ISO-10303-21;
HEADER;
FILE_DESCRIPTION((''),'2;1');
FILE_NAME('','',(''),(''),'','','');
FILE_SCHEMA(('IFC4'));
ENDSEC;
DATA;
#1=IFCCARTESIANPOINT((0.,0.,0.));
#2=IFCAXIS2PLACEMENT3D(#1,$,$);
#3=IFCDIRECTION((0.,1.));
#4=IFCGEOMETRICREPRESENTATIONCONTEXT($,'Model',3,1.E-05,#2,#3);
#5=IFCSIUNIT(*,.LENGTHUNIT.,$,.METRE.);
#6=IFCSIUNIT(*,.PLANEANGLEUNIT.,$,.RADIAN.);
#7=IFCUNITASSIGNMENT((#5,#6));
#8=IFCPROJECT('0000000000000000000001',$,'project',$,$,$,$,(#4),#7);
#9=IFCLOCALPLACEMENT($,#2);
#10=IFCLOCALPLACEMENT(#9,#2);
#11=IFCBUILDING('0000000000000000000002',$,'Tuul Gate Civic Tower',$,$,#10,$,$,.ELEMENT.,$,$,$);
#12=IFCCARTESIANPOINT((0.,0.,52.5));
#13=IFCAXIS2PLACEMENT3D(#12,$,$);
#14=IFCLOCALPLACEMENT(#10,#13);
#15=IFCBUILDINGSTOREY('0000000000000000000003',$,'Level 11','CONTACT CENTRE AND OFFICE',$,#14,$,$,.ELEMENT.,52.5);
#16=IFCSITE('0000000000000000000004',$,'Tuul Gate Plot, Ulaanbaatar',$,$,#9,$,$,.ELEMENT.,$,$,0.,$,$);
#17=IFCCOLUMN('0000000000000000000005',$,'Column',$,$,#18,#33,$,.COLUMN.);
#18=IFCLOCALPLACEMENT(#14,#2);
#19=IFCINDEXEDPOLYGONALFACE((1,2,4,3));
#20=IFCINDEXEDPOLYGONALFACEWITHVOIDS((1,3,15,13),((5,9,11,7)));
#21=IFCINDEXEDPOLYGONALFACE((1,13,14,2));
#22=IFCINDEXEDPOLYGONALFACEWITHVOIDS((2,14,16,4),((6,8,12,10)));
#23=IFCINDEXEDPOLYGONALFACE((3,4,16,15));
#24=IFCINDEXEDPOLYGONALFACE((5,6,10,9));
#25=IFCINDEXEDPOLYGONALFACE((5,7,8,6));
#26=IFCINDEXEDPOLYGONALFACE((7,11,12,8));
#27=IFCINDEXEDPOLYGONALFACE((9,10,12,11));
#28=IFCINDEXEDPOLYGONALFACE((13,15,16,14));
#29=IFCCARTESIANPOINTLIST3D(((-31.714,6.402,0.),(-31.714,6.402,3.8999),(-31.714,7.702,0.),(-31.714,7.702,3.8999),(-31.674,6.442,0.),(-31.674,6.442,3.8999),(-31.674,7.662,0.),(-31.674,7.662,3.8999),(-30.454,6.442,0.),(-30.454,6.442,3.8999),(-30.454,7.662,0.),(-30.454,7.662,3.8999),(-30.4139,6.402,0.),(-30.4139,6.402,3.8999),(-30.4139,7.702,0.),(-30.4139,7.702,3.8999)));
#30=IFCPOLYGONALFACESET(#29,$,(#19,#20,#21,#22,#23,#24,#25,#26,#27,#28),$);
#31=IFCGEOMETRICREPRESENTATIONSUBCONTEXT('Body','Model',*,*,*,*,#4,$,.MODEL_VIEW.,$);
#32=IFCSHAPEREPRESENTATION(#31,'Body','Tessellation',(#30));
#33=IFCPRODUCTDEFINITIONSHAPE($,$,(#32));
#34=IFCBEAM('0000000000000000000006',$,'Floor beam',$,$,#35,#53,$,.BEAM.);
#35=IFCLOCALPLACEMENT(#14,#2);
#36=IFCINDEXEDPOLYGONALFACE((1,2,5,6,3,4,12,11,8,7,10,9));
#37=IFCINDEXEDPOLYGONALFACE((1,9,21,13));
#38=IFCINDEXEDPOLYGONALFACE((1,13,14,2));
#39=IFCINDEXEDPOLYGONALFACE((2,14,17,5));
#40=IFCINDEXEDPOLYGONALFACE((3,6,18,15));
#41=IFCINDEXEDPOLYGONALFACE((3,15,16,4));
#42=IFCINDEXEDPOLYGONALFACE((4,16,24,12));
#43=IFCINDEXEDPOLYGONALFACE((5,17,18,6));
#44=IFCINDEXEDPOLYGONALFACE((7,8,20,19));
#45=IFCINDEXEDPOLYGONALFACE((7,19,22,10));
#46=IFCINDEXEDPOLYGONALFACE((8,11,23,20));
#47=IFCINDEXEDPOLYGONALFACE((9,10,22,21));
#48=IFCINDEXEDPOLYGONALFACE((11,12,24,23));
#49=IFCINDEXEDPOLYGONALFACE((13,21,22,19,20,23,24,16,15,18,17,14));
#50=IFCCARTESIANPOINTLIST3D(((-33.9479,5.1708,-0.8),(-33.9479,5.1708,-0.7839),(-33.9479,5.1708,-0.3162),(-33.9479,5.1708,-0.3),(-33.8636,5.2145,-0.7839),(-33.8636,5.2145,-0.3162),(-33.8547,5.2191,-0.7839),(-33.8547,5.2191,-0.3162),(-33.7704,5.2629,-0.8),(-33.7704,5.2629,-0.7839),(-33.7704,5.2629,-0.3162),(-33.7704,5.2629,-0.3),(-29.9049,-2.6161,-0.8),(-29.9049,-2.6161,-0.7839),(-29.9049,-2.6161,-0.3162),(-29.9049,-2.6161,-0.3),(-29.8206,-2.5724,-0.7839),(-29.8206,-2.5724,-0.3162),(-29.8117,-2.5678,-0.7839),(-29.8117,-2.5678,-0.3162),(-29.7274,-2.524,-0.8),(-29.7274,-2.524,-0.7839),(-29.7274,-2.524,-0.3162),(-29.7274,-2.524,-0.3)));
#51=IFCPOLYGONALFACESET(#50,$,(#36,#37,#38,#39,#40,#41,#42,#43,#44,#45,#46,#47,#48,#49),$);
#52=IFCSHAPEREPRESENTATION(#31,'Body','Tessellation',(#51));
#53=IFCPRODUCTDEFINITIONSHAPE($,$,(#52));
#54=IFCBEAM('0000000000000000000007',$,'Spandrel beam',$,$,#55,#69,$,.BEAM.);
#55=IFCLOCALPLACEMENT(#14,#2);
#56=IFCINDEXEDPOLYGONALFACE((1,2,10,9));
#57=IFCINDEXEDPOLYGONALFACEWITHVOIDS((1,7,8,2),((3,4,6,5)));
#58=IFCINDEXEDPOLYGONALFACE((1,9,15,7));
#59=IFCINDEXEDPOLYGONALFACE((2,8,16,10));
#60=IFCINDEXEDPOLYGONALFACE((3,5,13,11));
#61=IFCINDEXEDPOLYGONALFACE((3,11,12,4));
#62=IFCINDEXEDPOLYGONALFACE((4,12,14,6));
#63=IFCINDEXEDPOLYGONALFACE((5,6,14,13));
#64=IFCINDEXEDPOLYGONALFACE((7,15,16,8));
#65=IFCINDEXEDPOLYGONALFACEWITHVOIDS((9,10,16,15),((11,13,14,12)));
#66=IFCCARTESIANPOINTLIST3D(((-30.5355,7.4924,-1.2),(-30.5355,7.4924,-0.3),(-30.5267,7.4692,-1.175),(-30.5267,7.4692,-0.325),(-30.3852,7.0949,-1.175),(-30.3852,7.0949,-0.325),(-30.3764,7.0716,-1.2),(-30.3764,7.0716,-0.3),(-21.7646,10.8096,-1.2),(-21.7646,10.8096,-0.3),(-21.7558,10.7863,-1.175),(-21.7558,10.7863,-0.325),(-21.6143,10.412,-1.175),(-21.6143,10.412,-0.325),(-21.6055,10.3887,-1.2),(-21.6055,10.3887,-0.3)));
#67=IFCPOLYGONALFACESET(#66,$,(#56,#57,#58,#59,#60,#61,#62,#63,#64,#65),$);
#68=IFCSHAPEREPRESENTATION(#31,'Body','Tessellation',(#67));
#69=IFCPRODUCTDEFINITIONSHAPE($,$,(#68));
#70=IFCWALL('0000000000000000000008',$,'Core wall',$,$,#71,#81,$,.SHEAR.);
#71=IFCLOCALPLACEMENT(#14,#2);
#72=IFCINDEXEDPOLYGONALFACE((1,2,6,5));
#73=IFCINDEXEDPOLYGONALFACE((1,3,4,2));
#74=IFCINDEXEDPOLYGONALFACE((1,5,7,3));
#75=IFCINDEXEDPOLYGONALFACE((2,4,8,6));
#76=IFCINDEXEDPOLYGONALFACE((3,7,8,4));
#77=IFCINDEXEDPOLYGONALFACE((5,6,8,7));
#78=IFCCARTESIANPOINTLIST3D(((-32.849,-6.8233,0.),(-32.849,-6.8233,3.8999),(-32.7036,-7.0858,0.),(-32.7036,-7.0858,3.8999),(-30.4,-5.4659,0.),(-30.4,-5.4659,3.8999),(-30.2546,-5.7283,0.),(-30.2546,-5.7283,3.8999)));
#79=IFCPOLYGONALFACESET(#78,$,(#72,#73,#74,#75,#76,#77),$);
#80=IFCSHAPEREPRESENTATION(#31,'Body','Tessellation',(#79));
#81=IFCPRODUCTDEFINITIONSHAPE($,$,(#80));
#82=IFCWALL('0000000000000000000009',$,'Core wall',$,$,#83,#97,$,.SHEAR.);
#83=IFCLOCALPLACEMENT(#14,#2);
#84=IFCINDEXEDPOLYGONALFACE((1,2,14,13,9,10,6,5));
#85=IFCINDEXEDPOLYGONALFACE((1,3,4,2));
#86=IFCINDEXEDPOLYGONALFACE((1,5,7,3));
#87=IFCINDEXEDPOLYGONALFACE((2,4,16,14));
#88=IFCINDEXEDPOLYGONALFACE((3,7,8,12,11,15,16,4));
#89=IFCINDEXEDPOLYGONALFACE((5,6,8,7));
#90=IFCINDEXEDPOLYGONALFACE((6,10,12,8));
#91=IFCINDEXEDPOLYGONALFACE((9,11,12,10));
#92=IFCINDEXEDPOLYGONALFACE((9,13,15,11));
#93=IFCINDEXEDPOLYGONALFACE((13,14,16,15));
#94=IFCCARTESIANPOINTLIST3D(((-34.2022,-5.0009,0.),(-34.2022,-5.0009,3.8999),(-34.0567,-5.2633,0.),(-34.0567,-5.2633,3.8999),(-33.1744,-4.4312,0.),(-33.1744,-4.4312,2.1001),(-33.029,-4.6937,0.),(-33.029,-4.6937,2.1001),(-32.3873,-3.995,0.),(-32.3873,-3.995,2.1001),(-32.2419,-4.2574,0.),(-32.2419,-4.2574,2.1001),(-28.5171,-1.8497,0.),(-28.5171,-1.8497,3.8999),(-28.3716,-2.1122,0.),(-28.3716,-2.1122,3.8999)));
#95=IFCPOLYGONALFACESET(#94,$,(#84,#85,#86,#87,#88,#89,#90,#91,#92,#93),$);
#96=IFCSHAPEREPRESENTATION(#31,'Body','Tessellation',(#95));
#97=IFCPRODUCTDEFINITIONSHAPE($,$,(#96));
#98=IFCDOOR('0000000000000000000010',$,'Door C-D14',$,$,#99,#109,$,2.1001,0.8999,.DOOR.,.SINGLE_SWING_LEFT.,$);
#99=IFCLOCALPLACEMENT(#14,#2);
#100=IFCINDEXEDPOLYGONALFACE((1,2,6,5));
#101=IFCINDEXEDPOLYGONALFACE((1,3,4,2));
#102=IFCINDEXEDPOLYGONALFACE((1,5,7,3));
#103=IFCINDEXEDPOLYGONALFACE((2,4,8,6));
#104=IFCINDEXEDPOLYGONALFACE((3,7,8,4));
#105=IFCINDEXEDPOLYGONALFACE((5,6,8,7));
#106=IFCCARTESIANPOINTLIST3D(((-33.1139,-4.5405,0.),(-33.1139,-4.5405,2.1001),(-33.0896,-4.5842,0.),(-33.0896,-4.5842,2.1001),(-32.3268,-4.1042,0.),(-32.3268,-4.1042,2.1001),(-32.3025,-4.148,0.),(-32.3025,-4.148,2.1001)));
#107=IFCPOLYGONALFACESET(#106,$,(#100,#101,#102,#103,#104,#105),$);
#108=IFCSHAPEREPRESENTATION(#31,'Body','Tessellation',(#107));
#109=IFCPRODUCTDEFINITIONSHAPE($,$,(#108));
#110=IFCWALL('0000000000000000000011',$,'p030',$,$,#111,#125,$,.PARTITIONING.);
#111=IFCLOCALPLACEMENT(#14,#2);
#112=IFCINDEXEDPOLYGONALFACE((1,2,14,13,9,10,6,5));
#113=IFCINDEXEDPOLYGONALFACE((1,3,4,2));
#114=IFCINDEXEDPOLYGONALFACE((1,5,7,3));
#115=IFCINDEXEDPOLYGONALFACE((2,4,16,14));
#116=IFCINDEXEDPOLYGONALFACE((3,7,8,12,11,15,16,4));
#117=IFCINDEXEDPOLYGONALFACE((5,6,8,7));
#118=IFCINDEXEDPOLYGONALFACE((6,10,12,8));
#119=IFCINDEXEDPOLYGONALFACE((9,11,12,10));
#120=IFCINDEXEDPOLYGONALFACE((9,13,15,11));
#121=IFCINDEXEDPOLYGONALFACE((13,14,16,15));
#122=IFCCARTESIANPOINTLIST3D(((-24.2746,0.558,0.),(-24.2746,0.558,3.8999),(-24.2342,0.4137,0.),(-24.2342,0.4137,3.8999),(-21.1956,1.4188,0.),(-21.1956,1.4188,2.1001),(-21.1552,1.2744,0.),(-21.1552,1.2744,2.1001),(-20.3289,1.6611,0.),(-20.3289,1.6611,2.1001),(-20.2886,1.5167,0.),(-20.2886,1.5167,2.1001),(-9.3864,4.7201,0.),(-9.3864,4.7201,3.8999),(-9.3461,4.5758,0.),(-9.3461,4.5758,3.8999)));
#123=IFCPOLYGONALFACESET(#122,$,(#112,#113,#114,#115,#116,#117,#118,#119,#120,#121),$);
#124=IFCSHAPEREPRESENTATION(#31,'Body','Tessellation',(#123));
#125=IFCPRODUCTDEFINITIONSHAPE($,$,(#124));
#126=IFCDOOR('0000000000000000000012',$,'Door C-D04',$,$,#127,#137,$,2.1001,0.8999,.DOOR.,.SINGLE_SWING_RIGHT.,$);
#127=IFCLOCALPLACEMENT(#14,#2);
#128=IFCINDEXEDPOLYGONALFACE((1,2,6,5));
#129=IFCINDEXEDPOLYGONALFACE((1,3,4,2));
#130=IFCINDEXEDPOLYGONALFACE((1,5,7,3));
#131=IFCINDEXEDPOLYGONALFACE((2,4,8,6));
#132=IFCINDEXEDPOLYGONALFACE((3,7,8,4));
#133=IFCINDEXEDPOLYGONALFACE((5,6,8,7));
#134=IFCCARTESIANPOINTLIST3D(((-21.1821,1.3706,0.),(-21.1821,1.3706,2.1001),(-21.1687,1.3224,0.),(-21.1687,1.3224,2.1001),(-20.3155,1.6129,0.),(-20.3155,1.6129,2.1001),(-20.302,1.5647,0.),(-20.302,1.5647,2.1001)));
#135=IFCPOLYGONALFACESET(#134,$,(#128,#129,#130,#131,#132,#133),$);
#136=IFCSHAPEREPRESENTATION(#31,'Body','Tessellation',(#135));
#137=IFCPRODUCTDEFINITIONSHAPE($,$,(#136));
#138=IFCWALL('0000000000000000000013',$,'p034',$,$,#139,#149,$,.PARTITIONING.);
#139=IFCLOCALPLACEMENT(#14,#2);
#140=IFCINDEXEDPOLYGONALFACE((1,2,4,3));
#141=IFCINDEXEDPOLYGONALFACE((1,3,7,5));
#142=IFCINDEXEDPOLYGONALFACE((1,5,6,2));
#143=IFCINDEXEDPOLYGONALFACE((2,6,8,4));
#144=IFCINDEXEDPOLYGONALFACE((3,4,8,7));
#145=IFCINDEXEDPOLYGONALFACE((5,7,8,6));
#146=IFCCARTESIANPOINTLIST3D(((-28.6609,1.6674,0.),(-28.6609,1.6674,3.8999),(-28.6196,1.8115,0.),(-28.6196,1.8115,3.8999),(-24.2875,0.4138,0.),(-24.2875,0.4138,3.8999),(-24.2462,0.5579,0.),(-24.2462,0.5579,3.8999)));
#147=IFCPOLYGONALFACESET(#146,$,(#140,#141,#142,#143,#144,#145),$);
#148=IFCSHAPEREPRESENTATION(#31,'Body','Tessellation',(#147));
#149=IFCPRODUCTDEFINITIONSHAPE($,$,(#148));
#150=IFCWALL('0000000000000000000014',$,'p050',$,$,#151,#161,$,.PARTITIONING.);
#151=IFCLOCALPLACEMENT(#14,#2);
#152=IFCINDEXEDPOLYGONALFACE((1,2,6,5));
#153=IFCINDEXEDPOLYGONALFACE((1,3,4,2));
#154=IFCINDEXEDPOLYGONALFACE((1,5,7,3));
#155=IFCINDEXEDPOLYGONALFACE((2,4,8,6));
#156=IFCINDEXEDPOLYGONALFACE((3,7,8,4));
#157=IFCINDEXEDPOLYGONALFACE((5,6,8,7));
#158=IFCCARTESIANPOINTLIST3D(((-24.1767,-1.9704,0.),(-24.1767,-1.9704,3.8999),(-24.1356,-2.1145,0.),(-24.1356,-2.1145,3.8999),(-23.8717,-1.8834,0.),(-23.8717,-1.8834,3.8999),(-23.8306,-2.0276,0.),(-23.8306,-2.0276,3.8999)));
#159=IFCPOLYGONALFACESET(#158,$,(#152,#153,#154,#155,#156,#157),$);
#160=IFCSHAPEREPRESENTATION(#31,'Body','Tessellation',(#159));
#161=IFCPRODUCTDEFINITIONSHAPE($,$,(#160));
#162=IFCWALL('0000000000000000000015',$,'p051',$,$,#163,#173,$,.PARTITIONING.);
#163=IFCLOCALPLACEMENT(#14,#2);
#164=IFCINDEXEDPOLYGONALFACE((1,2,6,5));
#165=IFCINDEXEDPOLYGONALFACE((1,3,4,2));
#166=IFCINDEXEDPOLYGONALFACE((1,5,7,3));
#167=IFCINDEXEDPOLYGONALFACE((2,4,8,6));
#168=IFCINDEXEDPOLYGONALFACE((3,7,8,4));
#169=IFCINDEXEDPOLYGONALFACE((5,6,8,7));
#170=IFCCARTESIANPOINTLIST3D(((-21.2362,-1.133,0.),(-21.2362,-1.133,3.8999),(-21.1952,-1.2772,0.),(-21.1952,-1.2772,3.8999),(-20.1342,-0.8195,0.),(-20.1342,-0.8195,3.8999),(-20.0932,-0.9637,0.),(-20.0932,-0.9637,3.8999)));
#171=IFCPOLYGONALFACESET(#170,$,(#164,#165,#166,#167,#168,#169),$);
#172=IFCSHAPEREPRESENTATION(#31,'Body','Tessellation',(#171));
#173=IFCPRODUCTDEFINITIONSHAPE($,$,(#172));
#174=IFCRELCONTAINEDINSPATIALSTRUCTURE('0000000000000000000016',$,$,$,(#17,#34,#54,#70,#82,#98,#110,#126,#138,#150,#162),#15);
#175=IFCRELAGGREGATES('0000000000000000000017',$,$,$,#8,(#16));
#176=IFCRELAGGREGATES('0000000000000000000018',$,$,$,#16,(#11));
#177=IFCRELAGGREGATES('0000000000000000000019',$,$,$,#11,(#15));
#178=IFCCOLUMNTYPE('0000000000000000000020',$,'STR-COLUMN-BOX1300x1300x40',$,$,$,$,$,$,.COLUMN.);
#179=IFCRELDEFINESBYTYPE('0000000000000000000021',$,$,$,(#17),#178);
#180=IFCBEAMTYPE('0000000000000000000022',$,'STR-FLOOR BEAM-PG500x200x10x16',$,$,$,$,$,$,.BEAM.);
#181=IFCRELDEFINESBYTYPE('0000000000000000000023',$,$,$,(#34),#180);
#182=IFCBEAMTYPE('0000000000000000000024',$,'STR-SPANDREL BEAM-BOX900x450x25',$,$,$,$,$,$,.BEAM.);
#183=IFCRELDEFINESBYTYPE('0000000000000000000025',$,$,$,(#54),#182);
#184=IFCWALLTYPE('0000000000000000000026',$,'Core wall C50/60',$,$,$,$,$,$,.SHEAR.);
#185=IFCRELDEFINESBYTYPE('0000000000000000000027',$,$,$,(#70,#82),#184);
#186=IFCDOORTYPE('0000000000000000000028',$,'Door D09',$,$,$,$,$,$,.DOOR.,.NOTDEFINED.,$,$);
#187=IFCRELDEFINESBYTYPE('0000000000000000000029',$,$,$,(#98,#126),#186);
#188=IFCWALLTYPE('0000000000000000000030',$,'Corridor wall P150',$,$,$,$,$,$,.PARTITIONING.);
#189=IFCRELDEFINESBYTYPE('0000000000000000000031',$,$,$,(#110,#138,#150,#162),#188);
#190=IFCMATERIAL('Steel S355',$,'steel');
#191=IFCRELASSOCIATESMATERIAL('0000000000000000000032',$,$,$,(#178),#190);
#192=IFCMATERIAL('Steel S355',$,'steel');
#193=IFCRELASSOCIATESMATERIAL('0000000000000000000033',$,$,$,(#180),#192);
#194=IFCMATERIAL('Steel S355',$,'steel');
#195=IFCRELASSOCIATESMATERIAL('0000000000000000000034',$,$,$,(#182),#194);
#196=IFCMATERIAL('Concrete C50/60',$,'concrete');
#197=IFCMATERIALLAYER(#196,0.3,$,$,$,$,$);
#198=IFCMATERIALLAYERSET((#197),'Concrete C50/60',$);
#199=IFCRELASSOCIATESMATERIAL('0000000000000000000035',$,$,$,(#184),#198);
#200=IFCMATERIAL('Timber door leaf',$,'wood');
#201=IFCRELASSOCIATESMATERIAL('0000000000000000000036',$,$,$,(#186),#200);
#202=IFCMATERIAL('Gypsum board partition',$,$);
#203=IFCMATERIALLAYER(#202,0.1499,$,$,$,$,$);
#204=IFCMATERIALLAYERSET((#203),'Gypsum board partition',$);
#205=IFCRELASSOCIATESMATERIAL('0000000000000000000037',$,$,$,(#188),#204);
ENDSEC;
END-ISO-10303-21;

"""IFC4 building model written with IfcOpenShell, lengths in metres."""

from ifc_helpers import new_model, si_unit, direction, frame, frame_2d, origin, origin_2d, place, context, subcontext, project, spatial, rectangle, hollow_rectangle, i_section, extrude, material, layer, layer_set, material_profile, profile_set, type_object, element, fill, save


model = new_model("IFC4")

# Units and contexts
model_context = context("Model", 3, precision=1e-05, world=origin(), true_north=direction((0.0, 1.0)))
body_context = subcontext(model_context, "Body", "Model", "MODEL_VIEW")
ifc_project = project(units=[si_unit("LENGTHUNIT", "METRE"), si_unit("PLANEANGLEUNIT", "RADIAN")], contexts=[model_context])

# Site, building, storey
site_placement = place(None, origin())
site = spatial("IfcSite", under=ifc_project, at=site_placement, Name="Tuul Gate Plot, Ulaanbaatar", CompositionType="ELEMENT", RefElevation=0.0)
building_placement = place(site_placement, origin())
building = spatial("IfcBuilding", under=site, at=building_placement, Name="Tuul Gate Civic Tower", CompositionType="ELEMENT")
storey_placement = place(building_placement, frame((0.0, 0.0, 52.5)))
storey = spatial("IfcBuildingStorey", under=building, at=storey_placement, Name="Level 11", Description="CONTACT CENTRE AND OFFICE", CompositionType="ELEMENT", Elevation=52.5)

# Column
ifc_material_1 = material(Name="Steel S355", Category="steel")
ifc_material_profile_1 = material_profile(ifc_material_1, hollow_rectangle(XDim=1.3, YDim=1.3, WallThickness=0.04, at=origin_2d()), Name="BOX1300x1300x40")
ifc_profile_set_1 = profile_set([ifc_material_profile_1], Name="Steel S355")
column_type = type_object("IfcColumnType", Name="STR-COLUMN-BOX1300x1300x40", PredefinedType="COLUMN", material=ifc_profile_set_1)
column_placement = place(storey_placement, frame((-31.064, 7.052, 0.0), z_axis=(0.0, 0.0, 1.0), x_axis=(1.0, 0.0, 0.0)))
element("IfcColumn", 1, at=column_placement, inside=storey, type_object=column_type, Name="Column", PredefinedType="COLUMN", context=body_context, shape_type="SweptSolid", body=[
    extrude(hollow_rectangle(XDim=1.3, YDim=1.3, WallThickness=0.04, at=origin_2d()), origin(), (0.0, 0.0, 1.0), 3.8999),
])

# Beams
ifc_material_2 = material(Name="Steel S355", Category="steel")
ifc_material_profile_2 = material_profile(ifc_material_2, i_section(OverallWidth=0.2, OverallDepth=0.5, WebThickness=0.01, FlangeThickness=0.0161, at=origin_2d()), Name="PG500x200x10x16")
ifc_profile_set_2 = profile_set([ifc_material_profile_2], Name="Steel S355")
beam_type_1 = type_object("IfcBeamType", Name="STR-FLOOR BEAM-PG500x200x10x16", PredefinedType="BEAM", material=ifc_profile_set_2)
beam_1_placement = place(storey_placement, frame((-29.8162, -2.5701, -0.55), z_axis=(-0.460796, 0.887506, 0.0), x_axis=(-0.887506, -0.460796, 0.0)))
element("IfcBeam", 2, at=beam_1_placement, inside=storey, type_object=beam_type_1, Name="Floor beam", PredefinedType="BEAM", context=body_context, shape_type="SweptSolid", body=[
    extrude(i_section(OverallWidth=0.2, OverallDepth=0.5, WebThickness=0.01, FlangeThickness=0.0161, at=origin_2d()), origin(), (0.0, 0.0, 1.0), 8.7739),
])
ifc_material_3 = material(Name="Steel S355", Category="steel")
ifc_material_profile_3 = material_profile(ifc_material_3, hollow_rectangle(XDim=0.45, YDim=0.8999, WallThickness=0.0249, at=origin_2d()), Name="BOX900x450x25")
ifc_profile_set_3 = profile_set([ifc_material_profile_3], Name="Steel S355")
beam_type_2 = type_object("IfcBeamType", Name="STR-SPANDREL BEAM-BOX900x450x25", PredefinedType="BEAM", material=ifc_profile_set_3)
beam_2_placement = place(storey_placement, frame((-21.6851, 10.5991, -0.75), z_axis=(-0.935343, -0.353741, 0.0), x_axis=(0.353741, -0.935343, 0.0)))
element("IfcBeam", 3, at=beam_2_placement, inside=storey, type_object=beam_type_2, Name="Spandrel beam", PredefinedType="BEAM", context=body_context, shape_type="SweptSolid", body=[
    extrude(hollow_rectangle(XDim=0.45, YDim=0.8999, WallThickness=0.0249, at=origin_2d()), origin(), (0.0, 0.0, 1.0), 9.3772),
])

# Wall
ifc_material_4 = material(Name="Concrete C50/60", Category="concrete")
ifc_layer_1 = layer(ifc_material_4, 0.3)
ifc_layer_set_1 = layer_set([ifc_layer_1], Name="Concrete C50/60")
wall_type_1 = type_object("IfcWallType", Name="Core wall C50/60", PredefinedType="SHEAR", material=ifc_layer_set_1)
wall_1_placement = place(storey_placement, frame((-30.3274, -5.5972, 0.0), z_axis=(0.0, 0.0, 1.0), x_axis=(-0.87463, -0.484791, 0.0)))
element("IfcWall", 4, at=wall_1_placement, inside=storey, type_object=wall_type_1, Name="Core wall", PredefinedType="SHEAR", context=body_context, shape_type="SweptSolid", body=[
    extrude(rectangle(XDim=2.8, YDim=0.3, at=frame_2d((1.3999, 0.0))), origin(), (0.0, 0.0, 1.0), 3.8999),
])

# Walls, openings, doors
wall_2_placement = place(storey_placement, frame((-28.4443, -1.981, 0.0), z_axis=(0.0, 0.0, 1.0), x_axis=(-0.87463, -0.484791, 0.0)))
wall_2 = element("IfcWall", 5, at=wall_2_placement, inside=storey, type_object=wall_type_1, Name="Core wall", PredefinedType="SHEAR", context=body_context, shape_type="SweptSolid", body=[
    extrude(rectangle(XDim=6.5, YDim=0.3, at=frame_2d((3.25, 0.0))), origin(), (0.0, 0.0, 1.0), 3.8999),
])
opening_1_placement = place(wall_2_placement, frame((4.425, 0.0, 0.0)))
opening_1 = element("IfcOpeningElement", 6, at=opening_1_placement, cuts=wall_2, PredefinedType="OPENING", context=body_context, shape_type="SweptSolid", body=[
    extrude(rectangle(XDim=0.8999, YDim=2.1001, at=frame_2d((0.45, 1.05))), frame((0.0, 0.1602, 0.0), z_axis=(0.0, -1.0, 0.0), x_axis=(1.0, 0.0, 0.0)), (0.0, 0.0, 1.0), 0.3201),
])
ifc_material_5 = material(Name="Timber door leaf", Category="wood")
door_type = type_object("IfcDoorType", Name="Door D09", OperationType="NOTDEFINED", PredefinedType="DOOR", material=ifc_material_5)
door_1_placement = place(opening_1_placement, origin())
door_1 = element("IfcDoor", 7, at=door_1_placement, inside=storey, type_object=door_type, Name="Door C-D14", OperationType="SINGLE_SWING_LEFT", OverallHeight=2.1001, OverallWidth=0.8999, PredefinedType="DOOR", context=body_context, shape_type="SweptSolid", body=[
    extrude(rectangle(XDim=0.8999, YDim=2.1001, at=frame_2d((0.45, 1.05))), frame((0.0, 0.0249, 0.0), z_axis=(0.0, -1.0, 0.0), x_axis=(1.0, 0.0, 0.0)), (0.0, 0.0, 1.0), 0.05),
])
fill(opening_1, door_1)
ifc_material_6 = material(Name="Gypsum board partition")
ifc_layer_2 = layer(ifc_material_6, 0.1499)
ifc_layer_set_2 = layer_set([ifc_layer_2], Name="Gypsum board partition")
wall_type_2 = type_object("IfcWallType", Name="Corridor wall P150", PredefinedType="PARTITIONING", material=ifc_layer_set_2)
wall_3_placement = place(storey_placement, frame((-24.2544, 0.4858, 0.0), z_axis=(0.0, 0.0, 1.0), x_axis=(0.963074, 0.269235, 0.0)))
wall_3 = element("IfcWall", 8, at=wall_3_placement, inside=storey, type_object=wall_type_2, Name="p030", PredefinedType="PARTITIONING", context=body_context, shape_type="SweptSolid", body=[
    extrude(rectangle(XDim=15.459, YDim=0.1499, at=frame_2d((7.7295, 0.0))), origin(), (0.0, 0.0, 1.0), 3.8999),
])
opening_2_placement = place(wall_3_placement, frame((3.197, 0.0, 0.0)))
opening_2 = element("IfcOpeningElement", 9, at=opening_2_placement, cuts=wall_3, PredefinedType="OPENING", context=body_context, shape_type="SweptSolid", body=[
    extrude(rectangle(XDim=0.8999, YDim=2.1001, at=frame_2d((0.45, 1.05))), frame((0.0, 0.085, 0.0), z_axis=(0.0, -1.0, 0.0), x_axis=(1.0, 0.0, 0.0)), (0.0, 0.0, 1.0), 0.1699),
])
door_2_placement = place(opening_2_placement, origin())
door_2 = element("IfcDoor", 10, at=door_2_placement, inside=storey, type_object=door_type, Name="Door C-D04", OperationType="SINGLE_SWING_RIGHT", OverallHeight=2.1001, OverallWidth=0.8999, PredefinedType="DOOR", context=body_context, shape_type="SweptSolid", body=[
    extrude(rectangle(XDim=0.8999, YDim=2.1001, at=frame_2d((0.45, 1.05))), frame((0.0, 0.0249, 0.0), z_axis=(0.0, -1.0, 0.0), x_axis=(1.0, 0.0, 0.0)), (0.0, 0.0, 1.0), 0.05),
])
fill(opening_2, door_2)

# Walls
wall_4_placement = place(storey_placement, frame((-28.6404, 1.7395, 0.0), z_axis=(0.0, 0.0, 1.0), x_axis=(0.961287, -0.27555, 0.0)))
element("IfcWall", 11, at=wall_4_placement, inside=storey, type_object=wall_type_2, Name="p034", PredefinedType="PARTITIONING", context=body_context, shape_type="SweptSolid", body=[
    extrude(rectangle(XDim=4.5496, YDim=0.1499, at=frame_2d((2.2749, 0.0))), origin(), (0.0, 0.0, 1.0), 3.8999),
])
wall_5_placement = place(storey_placement, frame((-24.1562, -2.0425, 0.0), z_axis=(0.0, 0.0, 1.0), x_axis=(0.961698, 0.274111, 0.0)))
element("IfcWall", 12, at=wall_5_placement, inside=storey, type_object=wall_type_2, Name="p050", PredefinedType="PARTITIONING", context=body_context, shape_type="SweptSolid", body=[
    extrude(rectangle(XDim=0.3171, YDim=0.1499, at=frame_2d((0.1587, 0.0))), origin(), (0.0, 0.0, 1.0), 3.8999),
])
wall_6_placement = place(storey_placement, frame((-21.2156, -1.2051, 0.0), z_axis=(0.0, 0.0, 1.0), x_axis=(0.961845, 0.273595, 0.0)))
element("IfcWall", 13, at=wall_6_placement, inside=storey, type_object=wall_type_2, Name="p051", PredefinedType="PARTITIONING", context=body_context, shape_type="SweptSolid", body=[
    extrude(rectangle(XDim=1.1458, YDim=0.1499, at=frame_2d((0.5728, 0.0))), origin(), (0.0, 0.0, 1.0), 3.8999),
])

save(model, "model.ifc")
